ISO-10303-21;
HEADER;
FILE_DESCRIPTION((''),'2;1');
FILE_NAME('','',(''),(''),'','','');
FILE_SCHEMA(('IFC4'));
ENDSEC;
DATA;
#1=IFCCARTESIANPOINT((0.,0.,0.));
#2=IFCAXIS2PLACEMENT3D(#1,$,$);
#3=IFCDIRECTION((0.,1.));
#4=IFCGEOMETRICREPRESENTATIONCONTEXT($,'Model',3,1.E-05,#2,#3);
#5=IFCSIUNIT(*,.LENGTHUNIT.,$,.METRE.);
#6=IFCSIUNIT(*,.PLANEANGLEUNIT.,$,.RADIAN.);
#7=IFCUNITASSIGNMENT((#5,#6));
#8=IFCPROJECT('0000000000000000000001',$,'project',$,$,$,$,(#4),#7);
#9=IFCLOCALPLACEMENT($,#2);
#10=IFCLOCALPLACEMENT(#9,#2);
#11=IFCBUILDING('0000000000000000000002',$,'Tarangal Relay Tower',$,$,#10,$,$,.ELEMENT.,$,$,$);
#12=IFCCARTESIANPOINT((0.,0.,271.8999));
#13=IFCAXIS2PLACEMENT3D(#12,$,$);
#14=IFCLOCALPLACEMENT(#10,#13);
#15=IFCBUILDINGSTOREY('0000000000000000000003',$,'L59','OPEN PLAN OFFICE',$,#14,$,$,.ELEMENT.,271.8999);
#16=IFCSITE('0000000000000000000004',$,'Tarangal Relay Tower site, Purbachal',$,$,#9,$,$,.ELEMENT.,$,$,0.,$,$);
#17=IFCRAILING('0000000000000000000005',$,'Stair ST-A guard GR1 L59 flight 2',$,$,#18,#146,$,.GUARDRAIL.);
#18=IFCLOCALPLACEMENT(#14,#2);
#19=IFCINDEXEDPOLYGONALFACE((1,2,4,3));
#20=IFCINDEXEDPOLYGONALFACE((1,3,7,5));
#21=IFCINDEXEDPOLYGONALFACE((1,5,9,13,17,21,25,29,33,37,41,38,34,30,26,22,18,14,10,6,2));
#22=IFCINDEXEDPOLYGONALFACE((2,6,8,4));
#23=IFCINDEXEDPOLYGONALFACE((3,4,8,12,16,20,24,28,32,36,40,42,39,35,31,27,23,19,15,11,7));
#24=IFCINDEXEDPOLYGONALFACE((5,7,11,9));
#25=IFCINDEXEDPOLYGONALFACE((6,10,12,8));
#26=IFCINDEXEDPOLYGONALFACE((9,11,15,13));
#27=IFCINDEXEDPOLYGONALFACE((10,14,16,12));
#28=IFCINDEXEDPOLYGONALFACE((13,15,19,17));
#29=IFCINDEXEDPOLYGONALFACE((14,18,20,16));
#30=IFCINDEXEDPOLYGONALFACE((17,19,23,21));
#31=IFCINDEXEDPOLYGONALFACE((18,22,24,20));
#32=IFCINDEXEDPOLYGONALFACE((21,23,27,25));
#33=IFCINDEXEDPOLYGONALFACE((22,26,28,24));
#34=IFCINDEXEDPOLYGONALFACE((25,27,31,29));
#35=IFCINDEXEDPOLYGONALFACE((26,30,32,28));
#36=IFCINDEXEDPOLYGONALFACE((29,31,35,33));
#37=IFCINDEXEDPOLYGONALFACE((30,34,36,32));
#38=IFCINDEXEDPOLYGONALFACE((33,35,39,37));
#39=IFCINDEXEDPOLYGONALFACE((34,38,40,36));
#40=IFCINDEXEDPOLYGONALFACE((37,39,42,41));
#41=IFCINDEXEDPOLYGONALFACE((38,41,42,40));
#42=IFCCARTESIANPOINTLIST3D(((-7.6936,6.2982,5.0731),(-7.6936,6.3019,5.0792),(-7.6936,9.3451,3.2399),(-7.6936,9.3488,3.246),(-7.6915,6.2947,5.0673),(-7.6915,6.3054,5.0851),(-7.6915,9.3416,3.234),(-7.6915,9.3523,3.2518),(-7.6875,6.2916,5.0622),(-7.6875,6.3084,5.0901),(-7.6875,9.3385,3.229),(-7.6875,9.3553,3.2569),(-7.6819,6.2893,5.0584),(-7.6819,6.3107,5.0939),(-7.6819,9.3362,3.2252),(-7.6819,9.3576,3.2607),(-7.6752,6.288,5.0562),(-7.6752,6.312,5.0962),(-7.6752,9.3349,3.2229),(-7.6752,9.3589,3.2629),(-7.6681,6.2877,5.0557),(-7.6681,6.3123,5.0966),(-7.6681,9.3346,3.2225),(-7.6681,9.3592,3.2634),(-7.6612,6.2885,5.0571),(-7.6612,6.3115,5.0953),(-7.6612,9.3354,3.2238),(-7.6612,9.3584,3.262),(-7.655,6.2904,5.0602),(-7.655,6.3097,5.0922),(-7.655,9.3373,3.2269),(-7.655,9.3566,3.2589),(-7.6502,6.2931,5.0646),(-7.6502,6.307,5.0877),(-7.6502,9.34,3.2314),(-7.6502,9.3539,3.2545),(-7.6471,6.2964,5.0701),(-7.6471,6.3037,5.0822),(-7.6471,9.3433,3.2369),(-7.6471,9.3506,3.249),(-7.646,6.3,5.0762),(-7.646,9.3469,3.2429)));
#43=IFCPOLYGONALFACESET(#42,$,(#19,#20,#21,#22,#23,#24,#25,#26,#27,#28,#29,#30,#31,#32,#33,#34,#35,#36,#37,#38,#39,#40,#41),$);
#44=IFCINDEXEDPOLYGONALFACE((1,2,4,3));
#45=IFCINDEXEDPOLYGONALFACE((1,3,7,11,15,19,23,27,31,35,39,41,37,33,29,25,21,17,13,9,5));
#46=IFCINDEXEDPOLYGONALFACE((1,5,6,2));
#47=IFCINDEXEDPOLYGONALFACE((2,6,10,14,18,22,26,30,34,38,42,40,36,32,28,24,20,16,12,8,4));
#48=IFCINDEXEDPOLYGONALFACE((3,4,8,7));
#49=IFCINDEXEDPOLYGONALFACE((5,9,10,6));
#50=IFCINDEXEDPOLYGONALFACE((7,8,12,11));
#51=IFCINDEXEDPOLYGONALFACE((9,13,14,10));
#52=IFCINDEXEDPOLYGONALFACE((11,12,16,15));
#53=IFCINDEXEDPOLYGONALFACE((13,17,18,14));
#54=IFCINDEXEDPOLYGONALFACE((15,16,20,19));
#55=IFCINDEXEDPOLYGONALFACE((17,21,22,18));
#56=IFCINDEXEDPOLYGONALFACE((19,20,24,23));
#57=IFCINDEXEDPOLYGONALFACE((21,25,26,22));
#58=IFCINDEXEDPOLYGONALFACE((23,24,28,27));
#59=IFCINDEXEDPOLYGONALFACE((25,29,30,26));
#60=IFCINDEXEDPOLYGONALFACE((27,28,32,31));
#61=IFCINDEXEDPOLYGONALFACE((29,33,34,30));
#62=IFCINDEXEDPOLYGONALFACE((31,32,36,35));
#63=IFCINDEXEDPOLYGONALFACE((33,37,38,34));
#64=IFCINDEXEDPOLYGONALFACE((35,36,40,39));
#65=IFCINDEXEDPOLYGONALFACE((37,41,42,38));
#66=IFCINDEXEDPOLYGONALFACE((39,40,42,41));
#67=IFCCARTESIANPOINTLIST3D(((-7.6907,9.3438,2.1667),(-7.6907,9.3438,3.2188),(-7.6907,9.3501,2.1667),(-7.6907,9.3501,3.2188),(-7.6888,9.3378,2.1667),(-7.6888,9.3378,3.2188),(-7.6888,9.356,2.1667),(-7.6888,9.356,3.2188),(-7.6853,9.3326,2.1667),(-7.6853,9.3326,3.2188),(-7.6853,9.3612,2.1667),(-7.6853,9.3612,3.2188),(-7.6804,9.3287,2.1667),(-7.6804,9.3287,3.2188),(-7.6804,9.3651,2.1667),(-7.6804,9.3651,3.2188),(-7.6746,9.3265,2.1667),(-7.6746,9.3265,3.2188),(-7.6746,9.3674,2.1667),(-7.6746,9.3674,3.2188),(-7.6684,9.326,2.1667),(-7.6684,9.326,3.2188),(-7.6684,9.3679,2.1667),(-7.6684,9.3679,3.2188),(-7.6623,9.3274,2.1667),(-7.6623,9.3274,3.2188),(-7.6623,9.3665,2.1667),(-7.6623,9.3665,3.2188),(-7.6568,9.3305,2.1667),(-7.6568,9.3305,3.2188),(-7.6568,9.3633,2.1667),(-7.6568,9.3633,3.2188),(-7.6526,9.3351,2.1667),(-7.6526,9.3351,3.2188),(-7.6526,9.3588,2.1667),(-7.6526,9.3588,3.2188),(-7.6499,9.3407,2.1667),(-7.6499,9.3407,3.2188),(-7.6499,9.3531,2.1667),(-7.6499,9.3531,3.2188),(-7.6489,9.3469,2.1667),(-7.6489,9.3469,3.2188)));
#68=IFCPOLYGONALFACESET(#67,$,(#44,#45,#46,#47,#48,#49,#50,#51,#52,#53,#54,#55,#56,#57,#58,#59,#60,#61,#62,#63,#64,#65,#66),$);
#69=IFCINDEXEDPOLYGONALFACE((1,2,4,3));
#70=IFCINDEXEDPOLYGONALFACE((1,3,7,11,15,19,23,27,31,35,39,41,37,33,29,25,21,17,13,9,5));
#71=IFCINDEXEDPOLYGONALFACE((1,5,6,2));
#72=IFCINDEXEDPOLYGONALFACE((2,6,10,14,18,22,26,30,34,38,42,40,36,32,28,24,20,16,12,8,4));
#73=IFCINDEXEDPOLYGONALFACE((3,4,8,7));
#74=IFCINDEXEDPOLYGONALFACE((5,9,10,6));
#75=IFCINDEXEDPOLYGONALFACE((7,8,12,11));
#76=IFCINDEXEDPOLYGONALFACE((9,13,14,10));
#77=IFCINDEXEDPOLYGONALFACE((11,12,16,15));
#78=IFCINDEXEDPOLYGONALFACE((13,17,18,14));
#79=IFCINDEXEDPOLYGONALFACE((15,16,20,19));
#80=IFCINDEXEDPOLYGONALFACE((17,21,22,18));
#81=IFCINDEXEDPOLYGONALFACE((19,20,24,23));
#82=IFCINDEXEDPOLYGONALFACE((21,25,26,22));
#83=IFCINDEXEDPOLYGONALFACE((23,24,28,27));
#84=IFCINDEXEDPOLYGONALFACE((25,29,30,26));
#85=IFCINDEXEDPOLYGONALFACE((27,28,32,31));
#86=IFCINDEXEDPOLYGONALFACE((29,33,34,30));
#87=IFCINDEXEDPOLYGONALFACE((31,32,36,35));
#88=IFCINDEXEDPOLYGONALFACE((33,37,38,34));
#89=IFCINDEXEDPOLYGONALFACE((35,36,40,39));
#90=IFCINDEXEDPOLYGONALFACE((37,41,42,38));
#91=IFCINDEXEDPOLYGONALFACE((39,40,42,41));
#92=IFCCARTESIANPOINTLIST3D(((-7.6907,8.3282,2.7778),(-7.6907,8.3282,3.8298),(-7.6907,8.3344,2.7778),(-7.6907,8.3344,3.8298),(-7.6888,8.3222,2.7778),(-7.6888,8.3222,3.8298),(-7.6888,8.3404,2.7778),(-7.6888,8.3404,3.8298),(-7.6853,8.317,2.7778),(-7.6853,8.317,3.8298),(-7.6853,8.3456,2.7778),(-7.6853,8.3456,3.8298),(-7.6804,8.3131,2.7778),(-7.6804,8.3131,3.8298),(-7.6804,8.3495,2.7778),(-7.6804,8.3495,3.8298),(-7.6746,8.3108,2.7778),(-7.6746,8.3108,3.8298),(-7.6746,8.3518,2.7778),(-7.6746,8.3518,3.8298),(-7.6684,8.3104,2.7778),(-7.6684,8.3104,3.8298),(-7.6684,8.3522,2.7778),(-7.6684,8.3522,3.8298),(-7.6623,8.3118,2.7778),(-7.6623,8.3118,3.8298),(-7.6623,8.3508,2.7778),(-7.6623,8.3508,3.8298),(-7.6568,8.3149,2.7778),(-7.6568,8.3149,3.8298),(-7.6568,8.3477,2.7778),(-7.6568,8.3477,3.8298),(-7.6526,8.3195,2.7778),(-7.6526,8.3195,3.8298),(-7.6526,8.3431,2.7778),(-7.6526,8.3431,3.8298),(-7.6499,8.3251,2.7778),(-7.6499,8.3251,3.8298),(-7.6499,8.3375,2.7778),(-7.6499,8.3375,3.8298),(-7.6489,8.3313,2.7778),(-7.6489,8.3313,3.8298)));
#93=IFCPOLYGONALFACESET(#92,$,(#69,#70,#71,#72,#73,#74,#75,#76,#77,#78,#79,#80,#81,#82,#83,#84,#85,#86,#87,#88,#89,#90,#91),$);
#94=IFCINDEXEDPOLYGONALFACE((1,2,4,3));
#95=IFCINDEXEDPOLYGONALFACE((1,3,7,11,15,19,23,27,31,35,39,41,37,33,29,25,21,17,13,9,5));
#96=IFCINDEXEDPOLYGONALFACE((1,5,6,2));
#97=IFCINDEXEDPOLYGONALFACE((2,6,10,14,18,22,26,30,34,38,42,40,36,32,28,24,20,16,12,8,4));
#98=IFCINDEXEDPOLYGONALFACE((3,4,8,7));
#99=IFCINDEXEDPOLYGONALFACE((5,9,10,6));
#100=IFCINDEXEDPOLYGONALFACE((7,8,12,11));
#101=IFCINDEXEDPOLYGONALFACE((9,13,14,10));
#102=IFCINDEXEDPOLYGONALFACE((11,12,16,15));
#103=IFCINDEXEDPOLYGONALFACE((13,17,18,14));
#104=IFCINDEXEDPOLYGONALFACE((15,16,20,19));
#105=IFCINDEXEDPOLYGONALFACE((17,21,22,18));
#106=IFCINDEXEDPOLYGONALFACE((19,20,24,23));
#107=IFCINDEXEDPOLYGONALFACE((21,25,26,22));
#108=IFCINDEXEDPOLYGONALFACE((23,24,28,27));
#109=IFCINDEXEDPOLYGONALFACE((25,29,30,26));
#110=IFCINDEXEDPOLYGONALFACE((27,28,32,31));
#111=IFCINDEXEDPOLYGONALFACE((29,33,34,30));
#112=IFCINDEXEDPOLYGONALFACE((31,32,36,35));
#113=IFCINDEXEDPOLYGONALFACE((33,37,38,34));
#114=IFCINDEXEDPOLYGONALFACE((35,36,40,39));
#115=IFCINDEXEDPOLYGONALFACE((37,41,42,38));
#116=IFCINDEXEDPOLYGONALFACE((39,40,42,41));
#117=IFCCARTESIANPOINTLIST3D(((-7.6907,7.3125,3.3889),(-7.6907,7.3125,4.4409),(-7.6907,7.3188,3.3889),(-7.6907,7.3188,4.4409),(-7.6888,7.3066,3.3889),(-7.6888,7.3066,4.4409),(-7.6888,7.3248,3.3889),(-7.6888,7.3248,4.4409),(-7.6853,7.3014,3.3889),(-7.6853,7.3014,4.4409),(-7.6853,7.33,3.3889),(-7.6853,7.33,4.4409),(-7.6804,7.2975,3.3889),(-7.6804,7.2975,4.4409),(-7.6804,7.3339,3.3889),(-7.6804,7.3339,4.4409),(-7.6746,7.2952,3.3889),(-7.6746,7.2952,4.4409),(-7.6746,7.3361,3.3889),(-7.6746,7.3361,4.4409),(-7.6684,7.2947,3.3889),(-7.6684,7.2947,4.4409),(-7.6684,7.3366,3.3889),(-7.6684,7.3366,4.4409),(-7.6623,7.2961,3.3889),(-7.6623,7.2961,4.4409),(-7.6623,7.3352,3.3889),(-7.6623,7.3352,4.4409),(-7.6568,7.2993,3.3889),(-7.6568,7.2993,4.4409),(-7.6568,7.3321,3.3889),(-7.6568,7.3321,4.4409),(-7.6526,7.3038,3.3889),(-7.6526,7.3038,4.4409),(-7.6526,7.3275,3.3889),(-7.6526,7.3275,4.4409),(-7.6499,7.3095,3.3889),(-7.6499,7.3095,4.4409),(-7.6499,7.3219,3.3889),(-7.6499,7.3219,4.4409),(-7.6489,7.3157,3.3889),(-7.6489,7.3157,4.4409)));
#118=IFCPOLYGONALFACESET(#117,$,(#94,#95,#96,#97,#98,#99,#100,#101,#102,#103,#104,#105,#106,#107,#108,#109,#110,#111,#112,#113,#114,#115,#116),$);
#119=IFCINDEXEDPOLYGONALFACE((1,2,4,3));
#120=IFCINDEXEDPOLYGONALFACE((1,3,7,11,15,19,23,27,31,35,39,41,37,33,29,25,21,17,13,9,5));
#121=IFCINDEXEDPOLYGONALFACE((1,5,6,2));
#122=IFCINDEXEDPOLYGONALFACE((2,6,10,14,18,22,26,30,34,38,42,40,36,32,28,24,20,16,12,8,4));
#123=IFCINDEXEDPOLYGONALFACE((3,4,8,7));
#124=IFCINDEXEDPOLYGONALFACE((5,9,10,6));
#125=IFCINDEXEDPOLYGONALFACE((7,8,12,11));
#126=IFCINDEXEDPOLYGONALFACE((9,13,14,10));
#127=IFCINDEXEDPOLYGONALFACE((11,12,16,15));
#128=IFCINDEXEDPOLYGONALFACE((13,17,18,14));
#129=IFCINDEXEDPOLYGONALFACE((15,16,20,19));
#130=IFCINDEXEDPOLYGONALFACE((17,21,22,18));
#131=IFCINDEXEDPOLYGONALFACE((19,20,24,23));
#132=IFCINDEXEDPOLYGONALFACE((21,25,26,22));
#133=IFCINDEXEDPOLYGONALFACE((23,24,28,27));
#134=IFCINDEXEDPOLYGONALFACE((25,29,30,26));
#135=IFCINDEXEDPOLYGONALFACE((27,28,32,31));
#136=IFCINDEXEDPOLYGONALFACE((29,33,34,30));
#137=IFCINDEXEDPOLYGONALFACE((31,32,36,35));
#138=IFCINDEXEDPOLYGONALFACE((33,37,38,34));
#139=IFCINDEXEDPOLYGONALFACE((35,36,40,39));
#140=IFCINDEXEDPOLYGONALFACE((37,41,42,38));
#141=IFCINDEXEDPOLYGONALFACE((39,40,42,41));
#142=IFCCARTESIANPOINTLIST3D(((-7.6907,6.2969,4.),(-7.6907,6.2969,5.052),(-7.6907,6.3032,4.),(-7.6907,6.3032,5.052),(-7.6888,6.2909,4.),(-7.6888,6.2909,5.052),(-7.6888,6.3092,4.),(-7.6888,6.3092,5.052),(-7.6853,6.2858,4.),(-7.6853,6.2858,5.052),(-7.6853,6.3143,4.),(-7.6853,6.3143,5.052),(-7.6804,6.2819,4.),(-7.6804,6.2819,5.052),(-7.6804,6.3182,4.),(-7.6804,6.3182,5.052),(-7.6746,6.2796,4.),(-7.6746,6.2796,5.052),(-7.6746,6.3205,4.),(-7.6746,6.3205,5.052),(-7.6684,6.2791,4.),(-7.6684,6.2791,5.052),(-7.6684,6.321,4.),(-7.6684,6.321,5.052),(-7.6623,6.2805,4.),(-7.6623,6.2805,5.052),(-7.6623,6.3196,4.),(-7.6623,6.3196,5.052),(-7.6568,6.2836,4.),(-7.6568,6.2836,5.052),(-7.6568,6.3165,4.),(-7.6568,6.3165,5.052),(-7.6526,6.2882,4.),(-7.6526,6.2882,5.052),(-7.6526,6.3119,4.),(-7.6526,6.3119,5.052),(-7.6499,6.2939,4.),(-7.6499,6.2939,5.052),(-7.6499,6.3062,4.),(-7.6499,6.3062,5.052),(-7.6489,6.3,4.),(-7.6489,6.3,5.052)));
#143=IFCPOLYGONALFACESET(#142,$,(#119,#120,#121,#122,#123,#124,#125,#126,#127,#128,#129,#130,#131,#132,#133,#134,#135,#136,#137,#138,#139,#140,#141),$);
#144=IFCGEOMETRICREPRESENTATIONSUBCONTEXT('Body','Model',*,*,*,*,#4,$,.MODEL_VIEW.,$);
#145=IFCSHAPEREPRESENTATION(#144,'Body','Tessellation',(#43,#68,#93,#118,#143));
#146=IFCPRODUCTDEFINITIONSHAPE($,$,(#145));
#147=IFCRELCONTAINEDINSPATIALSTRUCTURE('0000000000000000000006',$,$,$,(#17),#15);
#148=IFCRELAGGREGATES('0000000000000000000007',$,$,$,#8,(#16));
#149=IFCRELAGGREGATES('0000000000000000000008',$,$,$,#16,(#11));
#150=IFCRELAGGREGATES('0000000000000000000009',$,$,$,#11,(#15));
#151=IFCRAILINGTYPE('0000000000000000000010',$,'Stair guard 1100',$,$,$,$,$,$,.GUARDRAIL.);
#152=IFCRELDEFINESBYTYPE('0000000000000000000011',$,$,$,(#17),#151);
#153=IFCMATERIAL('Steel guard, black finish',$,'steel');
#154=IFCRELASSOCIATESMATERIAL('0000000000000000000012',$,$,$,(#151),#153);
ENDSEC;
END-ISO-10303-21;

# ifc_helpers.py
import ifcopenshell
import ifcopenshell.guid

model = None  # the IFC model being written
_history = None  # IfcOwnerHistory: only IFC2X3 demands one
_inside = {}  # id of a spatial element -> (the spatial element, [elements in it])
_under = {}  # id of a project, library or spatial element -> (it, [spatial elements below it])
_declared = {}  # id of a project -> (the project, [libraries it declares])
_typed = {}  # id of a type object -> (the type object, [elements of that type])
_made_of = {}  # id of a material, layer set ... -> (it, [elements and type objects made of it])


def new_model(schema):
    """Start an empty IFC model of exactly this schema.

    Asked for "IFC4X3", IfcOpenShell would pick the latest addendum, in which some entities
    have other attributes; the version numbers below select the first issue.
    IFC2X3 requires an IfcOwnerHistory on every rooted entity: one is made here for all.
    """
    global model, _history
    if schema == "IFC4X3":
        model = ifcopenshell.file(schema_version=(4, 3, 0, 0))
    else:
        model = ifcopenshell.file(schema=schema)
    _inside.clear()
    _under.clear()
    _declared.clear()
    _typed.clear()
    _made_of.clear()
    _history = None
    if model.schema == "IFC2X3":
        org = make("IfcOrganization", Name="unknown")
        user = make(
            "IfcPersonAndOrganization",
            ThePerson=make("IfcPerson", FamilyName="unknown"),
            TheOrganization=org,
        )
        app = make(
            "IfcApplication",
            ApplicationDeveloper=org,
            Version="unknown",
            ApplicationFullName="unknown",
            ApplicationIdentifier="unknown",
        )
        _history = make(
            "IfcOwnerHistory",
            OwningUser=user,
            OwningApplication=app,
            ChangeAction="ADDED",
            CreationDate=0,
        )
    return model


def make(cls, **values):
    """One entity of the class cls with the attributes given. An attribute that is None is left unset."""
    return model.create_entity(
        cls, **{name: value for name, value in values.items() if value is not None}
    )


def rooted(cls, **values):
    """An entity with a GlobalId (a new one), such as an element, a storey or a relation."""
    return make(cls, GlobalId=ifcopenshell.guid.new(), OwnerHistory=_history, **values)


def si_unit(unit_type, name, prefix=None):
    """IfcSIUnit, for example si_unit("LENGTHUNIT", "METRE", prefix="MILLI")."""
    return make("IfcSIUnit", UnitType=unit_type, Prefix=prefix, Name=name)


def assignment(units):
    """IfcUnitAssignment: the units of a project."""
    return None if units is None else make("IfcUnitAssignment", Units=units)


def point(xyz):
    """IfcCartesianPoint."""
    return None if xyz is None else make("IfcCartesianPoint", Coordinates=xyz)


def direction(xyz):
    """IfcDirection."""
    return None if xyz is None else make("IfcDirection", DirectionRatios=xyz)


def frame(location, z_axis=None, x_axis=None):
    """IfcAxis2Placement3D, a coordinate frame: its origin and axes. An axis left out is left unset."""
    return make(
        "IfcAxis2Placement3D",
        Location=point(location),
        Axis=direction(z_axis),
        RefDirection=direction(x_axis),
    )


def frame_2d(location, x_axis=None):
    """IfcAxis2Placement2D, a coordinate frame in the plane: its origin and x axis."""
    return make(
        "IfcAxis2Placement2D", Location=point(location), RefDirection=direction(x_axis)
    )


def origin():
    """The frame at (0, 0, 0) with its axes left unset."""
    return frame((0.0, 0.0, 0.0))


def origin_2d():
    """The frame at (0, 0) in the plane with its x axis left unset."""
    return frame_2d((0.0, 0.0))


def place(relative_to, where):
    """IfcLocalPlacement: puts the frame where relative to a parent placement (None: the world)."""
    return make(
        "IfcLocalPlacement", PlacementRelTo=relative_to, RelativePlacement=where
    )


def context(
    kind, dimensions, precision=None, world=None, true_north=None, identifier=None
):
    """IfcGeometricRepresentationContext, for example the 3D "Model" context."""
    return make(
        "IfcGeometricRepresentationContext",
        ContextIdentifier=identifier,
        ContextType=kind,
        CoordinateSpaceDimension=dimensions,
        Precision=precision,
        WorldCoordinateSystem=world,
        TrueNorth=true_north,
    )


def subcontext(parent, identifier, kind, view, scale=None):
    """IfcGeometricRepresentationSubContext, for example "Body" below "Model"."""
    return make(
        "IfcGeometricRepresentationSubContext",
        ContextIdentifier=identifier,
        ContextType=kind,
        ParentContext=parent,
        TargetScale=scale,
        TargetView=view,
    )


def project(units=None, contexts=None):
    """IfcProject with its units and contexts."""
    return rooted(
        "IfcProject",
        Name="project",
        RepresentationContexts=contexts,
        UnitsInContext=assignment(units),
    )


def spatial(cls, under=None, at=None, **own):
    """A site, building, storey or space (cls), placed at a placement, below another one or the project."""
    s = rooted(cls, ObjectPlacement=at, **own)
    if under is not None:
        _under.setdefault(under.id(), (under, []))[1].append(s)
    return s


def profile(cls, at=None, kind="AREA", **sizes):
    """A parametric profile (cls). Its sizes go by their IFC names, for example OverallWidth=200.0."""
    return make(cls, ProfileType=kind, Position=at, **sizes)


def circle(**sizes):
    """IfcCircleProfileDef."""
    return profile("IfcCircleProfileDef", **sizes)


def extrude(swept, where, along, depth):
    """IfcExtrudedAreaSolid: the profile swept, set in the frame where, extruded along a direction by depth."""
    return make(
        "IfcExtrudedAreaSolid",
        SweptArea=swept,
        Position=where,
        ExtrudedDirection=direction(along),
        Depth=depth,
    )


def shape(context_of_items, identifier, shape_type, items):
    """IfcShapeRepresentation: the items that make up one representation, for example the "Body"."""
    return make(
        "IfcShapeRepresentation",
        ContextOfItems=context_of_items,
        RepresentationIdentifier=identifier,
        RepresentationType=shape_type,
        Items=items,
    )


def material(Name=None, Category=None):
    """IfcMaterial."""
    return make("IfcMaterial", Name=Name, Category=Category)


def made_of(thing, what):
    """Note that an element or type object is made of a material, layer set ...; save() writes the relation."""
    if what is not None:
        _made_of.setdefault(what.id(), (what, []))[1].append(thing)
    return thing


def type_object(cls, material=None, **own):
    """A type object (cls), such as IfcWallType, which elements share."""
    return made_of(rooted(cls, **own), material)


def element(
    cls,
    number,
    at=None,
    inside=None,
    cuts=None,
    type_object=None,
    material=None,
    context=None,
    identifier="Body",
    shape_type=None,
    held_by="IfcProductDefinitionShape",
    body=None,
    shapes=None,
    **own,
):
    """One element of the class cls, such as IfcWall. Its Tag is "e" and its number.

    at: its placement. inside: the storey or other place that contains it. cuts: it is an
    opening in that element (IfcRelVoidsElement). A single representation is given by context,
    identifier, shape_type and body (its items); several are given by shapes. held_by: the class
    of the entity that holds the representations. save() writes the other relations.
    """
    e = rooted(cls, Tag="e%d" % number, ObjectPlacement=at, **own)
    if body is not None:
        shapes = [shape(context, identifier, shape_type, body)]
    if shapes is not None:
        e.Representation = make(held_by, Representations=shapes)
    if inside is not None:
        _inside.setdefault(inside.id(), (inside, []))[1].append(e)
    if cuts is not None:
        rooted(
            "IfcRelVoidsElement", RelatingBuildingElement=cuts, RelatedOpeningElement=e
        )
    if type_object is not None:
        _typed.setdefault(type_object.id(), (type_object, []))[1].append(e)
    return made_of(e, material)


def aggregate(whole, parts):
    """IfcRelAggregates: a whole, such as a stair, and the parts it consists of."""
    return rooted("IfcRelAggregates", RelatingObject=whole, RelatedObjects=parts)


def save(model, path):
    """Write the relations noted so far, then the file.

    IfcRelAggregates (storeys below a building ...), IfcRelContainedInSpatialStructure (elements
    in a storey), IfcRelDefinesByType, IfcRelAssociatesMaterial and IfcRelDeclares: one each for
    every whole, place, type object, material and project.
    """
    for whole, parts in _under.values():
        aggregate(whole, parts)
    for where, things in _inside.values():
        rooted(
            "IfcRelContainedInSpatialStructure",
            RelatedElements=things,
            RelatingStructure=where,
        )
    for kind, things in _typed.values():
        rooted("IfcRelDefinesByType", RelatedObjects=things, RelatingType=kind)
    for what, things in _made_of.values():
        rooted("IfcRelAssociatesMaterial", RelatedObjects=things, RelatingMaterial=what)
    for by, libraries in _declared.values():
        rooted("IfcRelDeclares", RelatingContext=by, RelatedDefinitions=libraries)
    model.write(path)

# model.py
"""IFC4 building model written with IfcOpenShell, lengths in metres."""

from ifc_helpers import new_model, si_unit, direction, frame, origin, origin_2d, place, context, subcontext, project, spatial, circle, extrude, material, type_object, element, save


model = new_model("IFC4")

# Units and contexts
model_context = context("Model", 3, precision=1e-05, world=origin(), true_north=direction((0.0, 1.0)))
body_context = subcontext(model_context, "Body", "Model", "MODEL_VIEW")
ifc_project = project(units=[si_unit("LENGTHUNIT", "METRE"), si_unit("PLANEANGLEUNIT", "RADIAN")], contexts=[model_context])

# Site, building, storey
site_placement = place(None, origin())
site = spatial("IfcSite", under=ifc_project, at=site_placement, Name="Tarangal Relay Tower site, Purbachal", CompositionType="ELEMENT", RefElevation=0.0)
building_placement = place(site_placement, origin())
building = spatial("IfcBuilding", under=site, at=building_placement, Name="Tarangal Relay Tower", CompositionType="ELEMENT")
storey_placement = place(building_placement, frame((0.0, 0.0, 271.8999)))
storey = spatial("IfcBuildingStorey", under=building, at=storey_placement, Name="L59", Description="OPEN PLAN OFFICE", CompositionType="ELEMENT", Elevation=271.8999)

# Railing
ifc_material_1 = material(Name="Steel guard, black finish", Category="steel")
railing_type_1 = type_object("IfcRailingType", Name="Stair guard 1100", PredefinedType="GUARDRAIL", material=ifc_material_1)
railing_1_placement = place(storey_placement, frame((-7.6699, 9.3469, 2.1667)))
element("IfcRailing", 1, at=railing_1_placement, inside=storey, type_object=railing_type_1, Name="Stair ST-A guard GR1 L59 flight 2", PredefinedType="GUARDRAIL", context=body_context, shape_type="SweptSolid", body=[
    extrude(circle(Radius=0.0239, at=origin_2d()), frame((0.0, 0.0, 1.0762), z_axis=(0.0, -0.856856, 0.515556), x_axis=(1.0, 0.0, 0.0)), (0.0, 0.0, 1.0), 3.5559),
    extrude(circle(Radius=0.021, at=origin_2d()), origin(), (0.0, 0.0, 1.0), 1.052),
    extrude(circle(Radius=0.021, at=origin_2d()), frame((0.0, -1.0156, 0.6111)), (0.0, 0.0, 1.0), 1.052),
    extrude(circle(Radius=0.021, at=origin_2d()), frame((0.0, -2.0312, 1.2222)), (0.0, 0.0, 1.0), 1.052),
    extrude(circle(Radius=0.021, at=origin_2d()), frame((0.0, -3.0469, 1.8333)), (0.0, 0.0, 1.0), 1.052),
])

save(model, "model.ifc")
